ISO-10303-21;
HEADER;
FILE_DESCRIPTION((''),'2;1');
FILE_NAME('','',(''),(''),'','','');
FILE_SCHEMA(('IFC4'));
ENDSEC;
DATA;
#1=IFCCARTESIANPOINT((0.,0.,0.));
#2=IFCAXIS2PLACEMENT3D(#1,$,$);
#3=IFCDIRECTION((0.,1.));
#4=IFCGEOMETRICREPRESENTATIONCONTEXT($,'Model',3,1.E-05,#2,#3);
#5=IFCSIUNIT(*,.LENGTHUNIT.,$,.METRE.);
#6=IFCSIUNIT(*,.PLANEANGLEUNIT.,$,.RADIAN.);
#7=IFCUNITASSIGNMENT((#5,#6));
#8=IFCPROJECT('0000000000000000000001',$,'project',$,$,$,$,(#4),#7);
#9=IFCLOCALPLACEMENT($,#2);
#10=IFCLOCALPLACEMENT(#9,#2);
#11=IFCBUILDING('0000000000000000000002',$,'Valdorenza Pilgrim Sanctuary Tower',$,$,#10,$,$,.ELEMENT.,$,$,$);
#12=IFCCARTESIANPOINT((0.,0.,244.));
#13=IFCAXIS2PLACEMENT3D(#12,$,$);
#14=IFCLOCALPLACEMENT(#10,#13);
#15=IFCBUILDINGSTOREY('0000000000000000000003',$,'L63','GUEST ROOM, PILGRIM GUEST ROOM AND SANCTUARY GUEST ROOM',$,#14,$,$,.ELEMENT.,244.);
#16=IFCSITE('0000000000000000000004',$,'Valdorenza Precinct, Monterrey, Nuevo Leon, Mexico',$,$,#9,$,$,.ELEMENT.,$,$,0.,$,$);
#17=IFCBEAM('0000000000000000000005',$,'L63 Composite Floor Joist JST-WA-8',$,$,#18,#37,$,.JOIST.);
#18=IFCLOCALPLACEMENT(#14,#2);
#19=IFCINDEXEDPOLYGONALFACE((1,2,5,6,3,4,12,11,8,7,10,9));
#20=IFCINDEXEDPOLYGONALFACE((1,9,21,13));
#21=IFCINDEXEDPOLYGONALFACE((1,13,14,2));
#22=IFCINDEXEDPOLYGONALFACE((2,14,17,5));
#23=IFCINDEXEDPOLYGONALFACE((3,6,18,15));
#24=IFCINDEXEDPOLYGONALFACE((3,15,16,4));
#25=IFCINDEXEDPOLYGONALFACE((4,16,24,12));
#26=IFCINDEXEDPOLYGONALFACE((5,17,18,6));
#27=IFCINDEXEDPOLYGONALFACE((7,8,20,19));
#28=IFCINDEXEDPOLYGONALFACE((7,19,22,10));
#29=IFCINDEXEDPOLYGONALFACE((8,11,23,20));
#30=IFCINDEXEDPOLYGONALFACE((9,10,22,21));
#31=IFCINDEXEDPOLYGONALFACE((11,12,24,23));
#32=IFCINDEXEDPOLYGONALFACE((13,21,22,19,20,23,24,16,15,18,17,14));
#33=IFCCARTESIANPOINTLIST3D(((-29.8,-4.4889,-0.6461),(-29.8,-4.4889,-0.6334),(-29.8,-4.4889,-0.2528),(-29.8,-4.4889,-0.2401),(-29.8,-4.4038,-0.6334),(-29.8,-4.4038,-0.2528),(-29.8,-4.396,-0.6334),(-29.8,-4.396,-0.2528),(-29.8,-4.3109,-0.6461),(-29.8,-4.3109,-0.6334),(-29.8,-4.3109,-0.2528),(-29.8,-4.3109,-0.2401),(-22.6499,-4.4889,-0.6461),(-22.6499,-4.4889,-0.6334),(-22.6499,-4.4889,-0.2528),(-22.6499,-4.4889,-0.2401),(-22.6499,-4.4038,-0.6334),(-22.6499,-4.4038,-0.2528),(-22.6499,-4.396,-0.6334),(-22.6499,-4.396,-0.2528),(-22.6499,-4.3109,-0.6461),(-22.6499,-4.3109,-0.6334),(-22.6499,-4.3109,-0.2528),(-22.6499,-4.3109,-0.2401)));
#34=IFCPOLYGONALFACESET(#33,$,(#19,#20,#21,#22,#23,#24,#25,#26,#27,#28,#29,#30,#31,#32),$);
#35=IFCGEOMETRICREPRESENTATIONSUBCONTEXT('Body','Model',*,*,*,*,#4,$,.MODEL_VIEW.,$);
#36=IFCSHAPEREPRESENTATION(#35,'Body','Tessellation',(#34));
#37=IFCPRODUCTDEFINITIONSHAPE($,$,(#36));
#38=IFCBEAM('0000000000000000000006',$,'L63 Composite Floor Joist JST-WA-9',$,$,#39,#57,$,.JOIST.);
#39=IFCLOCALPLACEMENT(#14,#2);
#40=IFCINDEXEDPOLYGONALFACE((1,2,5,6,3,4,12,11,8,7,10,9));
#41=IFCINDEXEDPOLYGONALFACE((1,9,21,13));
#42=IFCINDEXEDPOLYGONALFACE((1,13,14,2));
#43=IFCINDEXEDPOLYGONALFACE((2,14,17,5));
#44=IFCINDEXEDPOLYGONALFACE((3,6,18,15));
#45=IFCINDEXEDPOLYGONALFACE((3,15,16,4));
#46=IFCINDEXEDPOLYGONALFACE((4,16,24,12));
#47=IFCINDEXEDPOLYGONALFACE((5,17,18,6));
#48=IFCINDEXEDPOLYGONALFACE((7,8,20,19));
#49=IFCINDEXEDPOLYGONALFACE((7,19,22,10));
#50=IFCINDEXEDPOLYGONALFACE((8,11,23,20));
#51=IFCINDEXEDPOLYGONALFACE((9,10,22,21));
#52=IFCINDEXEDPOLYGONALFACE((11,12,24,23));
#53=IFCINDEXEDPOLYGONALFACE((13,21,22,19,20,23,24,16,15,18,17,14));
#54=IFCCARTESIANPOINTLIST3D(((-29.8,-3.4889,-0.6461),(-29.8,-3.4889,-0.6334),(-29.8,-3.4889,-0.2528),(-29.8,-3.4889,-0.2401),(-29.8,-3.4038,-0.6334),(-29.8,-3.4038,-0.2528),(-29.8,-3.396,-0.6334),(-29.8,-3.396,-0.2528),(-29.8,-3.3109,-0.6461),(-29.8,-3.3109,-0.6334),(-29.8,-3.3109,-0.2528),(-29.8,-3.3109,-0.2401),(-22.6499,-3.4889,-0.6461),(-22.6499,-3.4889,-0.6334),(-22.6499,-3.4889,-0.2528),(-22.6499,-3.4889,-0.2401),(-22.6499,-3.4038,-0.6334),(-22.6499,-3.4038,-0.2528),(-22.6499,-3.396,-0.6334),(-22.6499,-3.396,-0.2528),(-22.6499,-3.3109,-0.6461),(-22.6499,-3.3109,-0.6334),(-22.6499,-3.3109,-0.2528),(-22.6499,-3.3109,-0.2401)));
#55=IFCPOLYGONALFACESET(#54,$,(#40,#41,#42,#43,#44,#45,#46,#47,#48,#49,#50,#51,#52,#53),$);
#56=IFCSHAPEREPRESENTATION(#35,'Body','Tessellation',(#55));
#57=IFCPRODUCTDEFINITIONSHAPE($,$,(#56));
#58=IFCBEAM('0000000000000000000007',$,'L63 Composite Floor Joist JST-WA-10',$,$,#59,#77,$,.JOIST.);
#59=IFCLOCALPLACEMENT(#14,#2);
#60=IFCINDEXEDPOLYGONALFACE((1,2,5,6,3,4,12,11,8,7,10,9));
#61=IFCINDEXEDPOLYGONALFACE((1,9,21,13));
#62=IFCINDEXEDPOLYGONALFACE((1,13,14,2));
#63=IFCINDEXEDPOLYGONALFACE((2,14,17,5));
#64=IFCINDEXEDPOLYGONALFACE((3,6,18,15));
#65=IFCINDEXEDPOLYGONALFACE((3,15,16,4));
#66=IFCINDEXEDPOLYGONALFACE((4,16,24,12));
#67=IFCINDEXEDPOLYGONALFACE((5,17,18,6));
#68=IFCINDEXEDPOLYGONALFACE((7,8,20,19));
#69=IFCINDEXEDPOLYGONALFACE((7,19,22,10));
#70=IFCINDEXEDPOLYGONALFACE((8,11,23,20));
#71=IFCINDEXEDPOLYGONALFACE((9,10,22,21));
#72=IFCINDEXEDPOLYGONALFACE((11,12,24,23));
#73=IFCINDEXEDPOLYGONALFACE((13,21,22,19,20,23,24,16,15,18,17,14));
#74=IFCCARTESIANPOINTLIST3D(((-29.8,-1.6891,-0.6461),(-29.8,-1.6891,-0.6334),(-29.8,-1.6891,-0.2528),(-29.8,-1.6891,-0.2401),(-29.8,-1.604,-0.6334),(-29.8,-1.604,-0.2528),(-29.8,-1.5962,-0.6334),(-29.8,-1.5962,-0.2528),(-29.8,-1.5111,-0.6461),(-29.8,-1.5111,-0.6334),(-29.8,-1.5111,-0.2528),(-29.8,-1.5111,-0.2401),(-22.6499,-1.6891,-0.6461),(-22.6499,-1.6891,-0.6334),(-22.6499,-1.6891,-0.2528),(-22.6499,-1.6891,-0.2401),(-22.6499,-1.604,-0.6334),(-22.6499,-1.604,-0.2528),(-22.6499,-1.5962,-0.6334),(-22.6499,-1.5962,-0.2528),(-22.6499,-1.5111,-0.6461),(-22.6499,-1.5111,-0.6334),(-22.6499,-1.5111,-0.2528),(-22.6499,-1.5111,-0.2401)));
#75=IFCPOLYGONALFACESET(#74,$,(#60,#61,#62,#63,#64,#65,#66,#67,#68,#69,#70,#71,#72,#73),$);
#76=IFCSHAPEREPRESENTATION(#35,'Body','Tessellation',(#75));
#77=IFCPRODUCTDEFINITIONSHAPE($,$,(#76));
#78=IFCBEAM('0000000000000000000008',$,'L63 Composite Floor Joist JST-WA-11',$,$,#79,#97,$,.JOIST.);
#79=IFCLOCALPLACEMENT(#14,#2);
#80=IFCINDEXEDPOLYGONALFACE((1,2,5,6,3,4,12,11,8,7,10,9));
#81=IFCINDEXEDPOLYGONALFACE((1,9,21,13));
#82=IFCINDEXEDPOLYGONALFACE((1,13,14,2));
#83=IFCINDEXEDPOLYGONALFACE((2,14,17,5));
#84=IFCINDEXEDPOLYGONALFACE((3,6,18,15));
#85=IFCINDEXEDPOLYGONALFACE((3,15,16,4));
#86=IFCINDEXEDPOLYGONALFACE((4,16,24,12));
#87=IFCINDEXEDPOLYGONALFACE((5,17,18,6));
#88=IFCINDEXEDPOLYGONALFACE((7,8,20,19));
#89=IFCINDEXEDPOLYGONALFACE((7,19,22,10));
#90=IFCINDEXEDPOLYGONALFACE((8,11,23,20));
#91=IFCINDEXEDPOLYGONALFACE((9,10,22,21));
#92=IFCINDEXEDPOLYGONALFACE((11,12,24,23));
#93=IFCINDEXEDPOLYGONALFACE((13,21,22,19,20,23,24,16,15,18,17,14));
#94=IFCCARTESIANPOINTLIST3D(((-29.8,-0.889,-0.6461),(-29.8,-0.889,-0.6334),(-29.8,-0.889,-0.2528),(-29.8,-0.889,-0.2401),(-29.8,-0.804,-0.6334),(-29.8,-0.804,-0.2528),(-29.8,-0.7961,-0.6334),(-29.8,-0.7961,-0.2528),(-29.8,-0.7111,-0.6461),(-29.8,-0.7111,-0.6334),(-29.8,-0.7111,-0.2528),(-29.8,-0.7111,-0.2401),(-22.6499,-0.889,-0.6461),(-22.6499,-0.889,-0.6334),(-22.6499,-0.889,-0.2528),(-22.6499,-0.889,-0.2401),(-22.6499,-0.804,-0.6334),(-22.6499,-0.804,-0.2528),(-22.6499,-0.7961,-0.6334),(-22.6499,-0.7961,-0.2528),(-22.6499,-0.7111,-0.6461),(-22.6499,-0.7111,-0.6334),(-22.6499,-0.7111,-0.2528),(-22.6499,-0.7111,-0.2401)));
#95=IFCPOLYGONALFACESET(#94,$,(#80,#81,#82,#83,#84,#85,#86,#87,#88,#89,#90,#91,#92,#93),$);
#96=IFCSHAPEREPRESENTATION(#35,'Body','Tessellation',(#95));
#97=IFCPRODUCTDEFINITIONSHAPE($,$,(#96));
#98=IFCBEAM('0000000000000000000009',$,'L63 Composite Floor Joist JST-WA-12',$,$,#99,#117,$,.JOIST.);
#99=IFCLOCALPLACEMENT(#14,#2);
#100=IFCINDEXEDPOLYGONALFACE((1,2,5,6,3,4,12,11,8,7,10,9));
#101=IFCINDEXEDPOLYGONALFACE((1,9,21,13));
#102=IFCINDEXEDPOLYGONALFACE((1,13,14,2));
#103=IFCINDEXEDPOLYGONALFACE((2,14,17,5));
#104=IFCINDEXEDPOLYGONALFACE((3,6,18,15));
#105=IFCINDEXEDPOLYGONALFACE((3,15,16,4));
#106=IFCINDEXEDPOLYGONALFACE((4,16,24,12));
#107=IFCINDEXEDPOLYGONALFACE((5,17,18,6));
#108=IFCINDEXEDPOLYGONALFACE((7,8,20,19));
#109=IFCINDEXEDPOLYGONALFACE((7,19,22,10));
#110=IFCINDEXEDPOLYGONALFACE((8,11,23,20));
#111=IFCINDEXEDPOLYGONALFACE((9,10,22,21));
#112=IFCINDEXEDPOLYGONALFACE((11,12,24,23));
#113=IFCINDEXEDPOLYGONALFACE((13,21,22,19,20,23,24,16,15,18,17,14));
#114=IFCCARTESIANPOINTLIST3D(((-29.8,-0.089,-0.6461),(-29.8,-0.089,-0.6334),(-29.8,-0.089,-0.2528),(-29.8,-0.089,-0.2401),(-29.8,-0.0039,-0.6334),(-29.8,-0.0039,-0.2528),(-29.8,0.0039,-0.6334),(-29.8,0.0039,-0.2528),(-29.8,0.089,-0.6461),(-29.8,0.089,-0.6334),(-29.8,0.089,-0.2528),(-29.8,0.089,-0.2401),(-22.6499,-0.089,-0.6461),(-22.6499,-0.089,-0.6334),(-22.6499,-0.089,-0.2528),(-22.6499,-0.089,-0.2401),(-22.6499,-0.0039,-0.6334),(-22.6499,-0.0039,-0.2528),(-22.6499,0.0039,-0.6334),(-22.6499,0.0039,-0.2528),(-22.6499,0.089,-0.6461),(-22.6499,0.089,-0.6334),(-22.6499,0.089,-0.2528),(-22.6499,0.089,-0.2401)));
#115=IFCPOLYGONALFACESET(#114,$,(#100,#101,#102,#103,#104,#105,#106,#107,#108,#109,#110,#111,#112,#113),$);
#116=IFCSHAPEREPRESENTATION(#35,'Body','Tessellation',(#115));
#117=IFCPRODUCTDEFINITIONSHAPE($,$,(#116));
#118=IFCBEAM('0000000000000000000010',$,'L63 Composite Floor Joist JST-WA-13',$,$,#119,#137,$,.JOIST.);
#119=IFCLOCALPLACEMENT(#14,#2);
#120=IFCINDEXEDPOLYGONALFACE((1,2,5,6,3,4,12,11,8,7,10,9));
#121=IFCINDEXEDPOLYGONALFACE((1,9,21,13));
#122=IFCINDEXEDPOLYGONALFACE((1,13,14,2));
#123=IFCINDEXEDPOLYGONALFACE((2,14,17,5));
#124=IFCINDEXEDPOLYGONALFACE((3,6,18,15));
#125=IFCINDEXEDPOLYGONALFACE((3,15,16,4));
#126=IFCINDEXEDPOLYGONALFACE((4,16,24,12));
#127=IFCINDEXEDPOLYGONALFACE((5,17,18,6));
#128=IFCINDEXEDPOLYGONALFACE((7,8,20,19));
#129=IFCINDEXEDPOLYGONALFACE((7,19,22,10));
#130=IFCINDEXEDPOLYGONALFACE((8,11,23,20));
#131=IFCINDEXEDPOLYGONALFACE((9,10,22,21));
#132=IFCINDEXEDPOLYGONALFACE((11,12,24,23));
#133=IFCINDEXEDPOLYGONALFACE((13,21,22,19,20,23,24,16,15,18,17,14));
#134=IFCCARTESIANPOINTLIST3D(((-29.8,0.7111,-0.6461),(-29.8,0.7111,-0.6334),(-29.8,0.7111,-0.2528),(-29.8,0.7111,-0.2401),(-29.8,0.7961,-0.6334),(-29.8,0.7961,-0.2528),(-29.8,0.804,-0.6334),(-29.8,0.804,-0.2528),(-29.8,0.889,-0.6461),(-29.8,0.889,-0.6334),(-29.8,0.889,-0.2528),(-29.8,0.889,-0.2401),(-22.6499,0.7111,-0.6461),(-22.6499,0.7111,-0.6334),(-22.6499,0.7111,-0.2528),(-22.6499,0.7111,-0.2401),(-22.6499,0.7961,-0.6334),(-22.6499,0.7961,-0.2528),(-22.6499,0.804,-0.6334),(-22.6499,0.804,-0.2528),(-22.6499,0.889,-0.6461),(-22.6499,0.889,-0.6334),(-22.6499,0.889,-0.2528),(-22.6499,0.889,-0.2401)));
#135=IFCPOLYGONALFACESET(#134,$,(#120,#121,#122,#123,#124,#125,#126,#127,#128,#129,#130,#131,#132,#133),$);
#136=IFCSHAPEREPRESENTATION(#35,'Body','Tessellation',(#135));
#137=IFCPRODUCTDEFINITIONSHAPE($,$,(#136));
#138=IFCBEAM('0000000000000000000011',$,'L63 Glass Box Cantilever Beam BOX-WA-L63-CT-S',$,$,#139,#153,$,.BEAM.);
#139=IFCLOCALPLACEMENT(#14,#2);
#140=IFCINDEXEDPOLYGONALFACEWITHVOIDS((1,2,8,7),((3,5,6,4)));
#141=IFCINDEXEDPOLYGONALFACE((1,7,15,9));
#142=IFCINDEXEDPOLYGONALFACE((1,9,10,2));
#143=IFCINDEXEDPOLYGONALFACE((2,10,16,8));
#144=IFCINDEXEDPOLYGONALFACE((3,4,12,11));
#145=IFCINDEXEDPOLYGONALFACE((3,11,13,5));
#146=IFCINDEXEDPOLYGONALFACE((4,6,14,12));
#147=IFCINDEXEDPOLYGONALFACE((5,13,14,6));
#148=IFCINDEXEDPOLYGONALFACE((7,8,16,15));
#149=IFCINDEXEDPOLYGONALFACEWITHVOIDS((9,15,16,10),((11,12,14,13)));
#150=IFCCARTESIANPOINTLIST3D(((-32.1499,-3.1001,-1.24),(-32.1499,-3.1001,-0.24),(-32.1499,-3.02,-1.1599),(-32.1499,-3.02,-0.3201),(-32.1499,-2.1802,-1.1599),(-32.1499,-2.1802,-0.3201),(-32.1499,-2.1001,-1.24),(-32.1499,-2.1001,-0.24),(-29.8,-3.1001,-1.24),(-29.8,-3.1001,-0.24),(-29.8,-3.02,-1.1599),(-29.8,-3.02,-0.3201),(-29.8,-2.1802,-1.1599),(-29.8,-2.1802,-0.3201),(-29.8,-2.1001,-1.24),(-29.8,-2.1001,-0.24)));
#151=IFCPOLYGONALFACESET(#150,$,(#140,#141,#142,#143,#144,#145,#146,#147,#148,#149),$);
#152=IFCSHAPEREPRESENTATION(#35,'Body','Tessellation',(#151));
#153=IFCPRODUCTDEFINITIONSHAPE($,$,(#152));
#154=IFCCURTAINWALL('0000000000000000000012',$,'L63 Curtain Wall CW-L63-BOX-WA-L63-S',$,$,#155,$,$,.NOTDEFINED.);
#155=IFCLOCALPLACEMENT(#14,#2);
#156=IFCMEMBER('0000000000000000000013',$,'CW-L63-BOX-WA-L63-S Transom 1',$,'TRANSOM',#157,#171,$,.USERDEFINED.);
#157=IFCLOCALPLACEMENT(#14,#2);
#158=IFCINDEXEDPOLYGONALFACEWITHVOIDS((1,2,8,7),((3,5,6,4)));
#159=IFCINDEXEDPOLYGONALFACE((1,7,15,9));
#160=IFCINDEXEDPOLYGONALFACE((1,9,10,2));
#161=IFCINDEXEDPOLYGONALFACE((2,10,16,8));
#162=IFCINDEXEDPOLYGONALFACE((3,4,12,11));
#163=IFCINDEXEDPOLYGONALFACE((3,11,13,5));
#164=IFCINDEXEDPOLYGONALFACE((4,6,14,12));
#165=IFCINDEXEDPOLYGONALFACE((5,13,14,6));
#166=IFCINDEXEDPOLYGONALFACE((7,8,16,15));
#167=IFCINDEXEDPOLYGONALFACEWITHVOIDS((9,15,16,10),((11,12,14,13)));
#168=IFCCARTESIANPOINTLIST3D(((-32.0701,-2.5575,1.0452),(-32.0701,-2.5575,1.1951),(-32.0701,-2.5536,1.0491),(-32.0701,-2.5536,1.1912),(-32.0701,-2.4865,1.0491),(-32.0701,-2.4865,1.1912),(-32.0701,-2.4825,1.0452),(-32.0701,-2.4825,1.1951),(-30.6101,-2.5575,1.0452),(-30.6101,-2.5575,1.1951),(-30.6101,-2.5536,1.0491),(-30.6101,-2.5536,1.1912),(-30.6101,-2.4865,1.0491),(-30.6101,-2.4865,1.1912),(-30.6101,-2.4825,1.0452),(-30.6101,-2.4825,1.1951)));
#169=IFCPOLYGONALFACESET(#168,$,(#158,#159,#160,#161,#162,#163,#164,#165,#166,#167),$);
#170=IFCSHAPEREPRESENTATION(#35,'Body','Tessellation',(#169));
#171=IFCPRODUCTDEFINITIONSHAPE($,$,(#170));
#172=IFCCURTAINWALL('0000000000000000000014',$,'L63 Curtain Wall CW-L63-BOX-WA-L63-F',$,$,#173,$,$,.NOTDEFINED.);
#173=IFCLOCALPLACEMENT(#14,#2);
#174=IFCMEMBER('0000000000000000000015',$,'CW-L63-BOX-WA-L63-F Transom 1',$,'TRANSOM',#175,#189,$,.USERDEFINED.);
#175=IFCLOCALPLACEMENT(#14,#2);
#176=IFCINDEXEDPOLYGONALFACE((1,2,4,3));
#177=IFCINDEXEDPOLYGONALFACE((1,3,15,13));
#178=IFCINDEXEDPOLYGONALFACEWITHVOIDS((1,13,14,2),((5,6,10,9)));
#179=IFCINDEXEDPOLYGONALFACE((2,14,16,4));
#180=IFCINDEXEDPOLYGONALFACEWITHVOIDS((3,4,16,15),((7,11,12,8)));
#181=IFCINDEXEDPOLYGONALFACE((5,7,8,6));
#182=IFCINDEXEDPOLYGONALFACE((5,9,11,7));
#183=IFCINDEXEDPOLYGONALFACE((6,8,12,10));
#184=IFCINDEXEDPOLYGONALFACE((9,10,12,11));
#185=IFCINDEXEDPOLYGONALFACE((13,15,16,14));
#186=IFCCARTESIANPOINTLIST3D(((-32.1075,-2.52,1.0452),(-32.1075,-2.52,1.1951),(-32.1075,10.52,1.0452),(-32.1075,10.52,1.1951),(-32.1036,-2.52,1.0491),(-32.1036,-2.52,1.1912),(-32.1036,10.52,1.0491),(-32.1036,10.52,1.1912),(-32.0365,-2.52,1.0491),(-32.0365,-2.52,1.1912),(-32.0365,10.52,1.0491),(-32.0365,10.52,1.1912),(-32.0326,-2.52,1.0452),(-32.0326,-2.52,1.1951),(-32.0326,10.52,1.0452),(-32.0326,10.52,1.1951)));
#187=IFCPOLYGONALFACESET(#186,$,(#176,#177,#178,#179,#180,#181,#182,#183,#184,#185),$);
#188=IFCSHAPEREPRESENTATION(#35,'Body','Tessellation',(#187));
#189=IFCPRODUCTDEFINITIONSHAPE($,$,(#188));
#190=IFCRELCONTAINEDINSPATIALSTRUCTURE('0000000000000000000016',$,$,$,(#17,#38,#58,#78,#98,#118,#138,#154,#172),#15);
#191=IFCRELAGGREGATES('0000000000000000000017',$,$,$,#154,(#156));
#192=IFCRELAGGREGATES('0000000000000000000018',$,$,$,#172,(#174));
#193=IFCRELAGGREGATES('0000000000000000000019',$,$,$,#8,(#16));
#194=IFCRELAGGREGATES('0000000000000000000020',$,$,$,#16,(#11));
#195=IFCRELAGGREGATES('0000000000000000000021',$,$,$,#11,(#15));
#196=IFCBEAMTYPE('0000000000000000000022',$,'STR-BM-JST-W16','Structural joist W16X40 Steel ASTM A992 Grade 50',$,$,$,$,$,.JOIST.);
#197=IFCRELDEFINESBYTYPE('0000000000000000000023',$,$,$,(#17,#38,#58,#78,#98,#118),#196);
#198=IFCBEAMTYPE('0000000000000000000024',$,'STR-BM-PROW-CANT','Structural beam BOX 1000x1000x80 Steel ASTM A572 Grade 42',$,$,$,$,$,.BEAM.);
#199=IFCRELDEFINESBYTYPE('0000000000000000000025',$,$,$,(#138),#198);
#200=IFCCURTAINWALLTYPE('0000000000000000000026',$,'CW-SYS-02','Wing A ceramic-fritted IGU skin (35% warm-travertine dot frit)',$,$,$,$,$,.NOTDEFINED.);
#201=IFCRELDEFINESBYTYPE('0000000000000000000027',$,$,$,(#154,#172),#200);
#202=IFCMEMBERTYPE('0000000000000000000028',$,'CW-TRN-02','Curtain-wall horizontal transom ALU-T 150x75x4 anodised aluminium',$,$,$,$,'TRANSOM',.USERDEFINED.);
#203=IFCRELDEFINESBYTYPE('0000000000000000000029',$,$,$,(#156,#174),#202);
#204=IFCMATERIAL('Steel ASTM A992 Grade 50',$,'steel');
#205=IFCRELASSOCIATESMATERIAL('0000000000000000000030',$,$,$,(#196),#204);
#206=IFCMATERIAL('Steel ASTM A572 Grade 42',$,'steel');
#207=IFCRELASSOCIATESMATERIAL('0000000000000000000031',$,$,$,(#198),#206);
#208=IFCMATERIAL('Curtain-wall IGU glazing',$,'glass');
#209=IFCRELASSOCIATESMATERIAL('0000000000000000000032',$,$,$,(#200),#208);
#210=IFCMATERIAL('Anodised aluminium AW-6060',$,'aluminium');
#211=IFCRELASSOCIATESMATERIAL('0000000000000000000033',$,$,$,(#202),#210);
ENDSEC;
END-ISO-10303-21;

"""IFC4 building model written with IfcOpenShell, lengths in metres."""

from ifc_helpers import new_model, si_unit, direction, frame, origin, origin_2d, place, context, subcontext, project, spatial, hollow_rectangle, i_section, extrude, source, transform, mapped, material, material_profile, profile_set, type_object, element, aggregate, save


model = new_model("IFC4")

# Units and contexts
model_context = context("Model", 3, precision=1e-05, world=origin(), true_north=direction((0.0, 1.0)))
body_context = subcontext(model_context, "Body", "Model", "MODEL_VIEW")
ifc_project = project(units=[si_unit("LENGTHUNIT", "METRE"), si_unit("PLANEANGLEUNIT", "RADIAN")], contexts=[model_context])

# Site, building, storey
site_placement = place(None, origin())
site = spatial("IfcSite", under=ifc_project, at=site_placement, Name="Valdorenza Precinct, Monterrey, Nuevo Leon, Mexico", CompositionType="ELEMENT", RefElevation=0.0)
building_placement = place(site_placement, origin())
building = spatial("IfcBuilding", under=site, at=building_placement, Name="Valdorenza Pilgrim Sanctuary Tower", CompositionType="ELEMENT")
storey_placement = place(building_placement, frame((0.0, 0.0, 244.0)))
storey = spatial("IfcBuildingStorey", under=building, at=storey_placement, Name="L63", Description="GUEST ROOM, PILGRIM GUEST ROOM AND SANCTUARY GUEST ROOM", CompositionType="ELEMENT", Elevation=244.0)

# Beams
ifc_material_1 = material(Name="Steel ASTM A992 Grade 50", Category="steel")
ifc_material_profile_1 = material_profile(ifc_material_1, i_section(OverallWidth=0.178, OverallDepth=0.406, WebThickness=0.0078, FlangeThickness=0.0127, at=origin_2d()), Name="W16X40")
ifc_profile_set_1 = profile_set([ifc_material_profile_1], Name="Steel ASTM A992 Grade 50")
beam_type_1 = type_object("IfcBeamType", Name="STR-BM-JST-W16", Description="Structural joist W16X40 Steel ASTM A992 Grade 50", PredefinedType="JOIST", material=ifc_profile_set_1)
shared_shape_1 = source(origin(), body_context, "Body", "SweptSolid", [
    extrude(i_section(OverallWidth=0.178, OverallDepth=0.406, WebThickness=0.0078, FlangeThickness=0.0127, at=origin_2d()), origin(), (0.0, 0.0, 1.0), 7.1501),
])
for number, where, z_axis, x_axis, name in (
    (1, (-29.8, -4.3999, -0.4431), (1.0, 0.0, 0.0), (0.0, 1.0, 0.0), "L63 Composite Floor Joist JST-WA-8"),
    (2, (-29.8, -3.3999, -0.4431), (1.0, 0.0, 0.0), (0.0, 1.0, 0.0), "L63 Composite Floor Joist JST-WA-9"),
    (3, (-29.8, -1.6001, -0.4431), (1.0, 0.0, 0.0), (0.0, 1.0, 0.0), "L63 Composite Floor Joist JST-WA-10"),
    (4, (-29.8, -0.8, -0.4431), (1.0, 0.0, 0.0), (0.0, 1.0, 0.0), "L63 Composite Floor Joist JST-WA-11"),
    (5, (-29.8, 0.0, -0.4431), (1.0, 0.0, 0.0), (0.0, 1.0, 0.0), "L63 Composite Floor Joist JST-WA-12"),
    (6, (-29.8, 0.8, -0.4431), (1.0, 0.0, 0.0), (0.0, 1.0, 0.0), "L63 Composite Floor Joist JST-WA-13"),
):
    element("IfcBeam", number, at=place(storey_placement, frame(where, z_axis=z_axis, x_axis=x_axis)), inside=storey, type_object=beam_type_1, Name=name, PredefinedType="JOIST", context=body_context, shape_type="MappedRepresentation", body=[
        mapped(shared_shape_1, transform((0.0, 0.0, 0.0), x_axis=(1.0, 0.0, 0.0), y_axis=(0.0, 1.0, 0.0), z_axis=(0.0, 0.0, 1.0), scale=1.0)),
    ])
ifc_material_2 = material(Name="Steel ASTM A572 Grade 42", Category="steel")
ifc_material_profile_2 = material_profile(ifc_material_2, hollow_rectangle(XDim=1.0, YDim=1.0, WallThickness=0.0801, at=origin_2d()), Name="BOX 1000x1000x80")
ifc_profile_set_2 = profile_set([ifc_material_profile_2], Name="Steel ASTM A572 Grade 42")
beam_type_2 = type_object("IfcBeamType", Name="STR-BM-PROW-CANT", Description="Structural beam BOX 1000x1000x80 Steel ASTM A572 Grade 42", PredefinedType="BEAM", material=ifc_profile_set_2)
shared_shape_2 = source(origin(), body_context, "Body", "SweptSolid", [
    extrude(hollow_rectangle(XDim=1.0, YDim=1.0, WallThickness=0.0801, at=origin_2d()), origin(), (0.0, 0.0, 1.0), 2.3499),
])
beam_1_placement = place(storey_placement, frame((-29.8, -2.6001, -0.74), z_axis=(-1.0, 0.0, 0.0), x_axis=(0.0, -1.0, 0.0)))
element("IfcBeam", 7, at=beam_1_placement, inside=storey, type_object=beam_type_2, Name="L63 Glass Box Cantilever Beam BOX-WA-L63-CT-S", PredefinedType="BEAM", context=body_context, shape_type="MappedRepresentation", body=[
    mapped(shared_shape_2, transform((0.0, 0.0, 0.0), x_axis=(1.0, 0.0, 0.0), y_axis=(0.0, 1.0, 0.0), z_axis=(0.0, 0.0, 1.0), scale=1.0)),
])

# Curtain walls, members
ifc_material_3 = material(Name="Curtain-wall IGU glazing", Category="glass")
curtain_wall_type = type_object("IfcCurtainWallType", Name="CW-SYS-02", Description="Wing A ceramic-fritted IGU skin (35% warm-travertine dot frit)", PredefinedType="NOTDEFINED", material=ifc_material_3)
curtain_wall_1_placement = place(storey_placement, origin())
curtain_wall_1 = element("IfcCurtainWall", 8, at=curtain_wall_1_placement, inside=storey, type_object=curtain_wall_type, Name="L63 Curtain Wall CW-L63-BOX-WA-L63-S", PredefinedType="NOTDEFINED")
ifc_material_4 = material(Name="Anodised aluminium AW-6060", Category="aluminium")
ifc_material_profile_3 = material_profile(ifc_material_4, hollow_rectangle(XDim=0.075, YDim=0.1499, WallThickness=0.0039, at=origin_2d()), Name="ALU-T 150x75x4")
ifc_profile_set_3 = profile_set([ifc_material_profile_3], Name="Anodised aluminium AW-6060")
member_type_1 = type_object("IfcMemberType", Name="CW-TRN-02", Description="Curtain-wall horizontal transom ALU-T 150x75x4 anodised aluminium", ElementType="TRANSOM", PredefinedType="USERDEFINED", material=ifc_profile_set_3)
shared_shape_3 = source(origin(), body_context, "Body", "SweptSolid", [
    extrude(hollow_rectangle(XDim=0.075, YDim=0.1499, WallThickness=0.0039, at=origin_2d()), origin(), (0.0, 0.0, 1.0), 1.46),
])
member_1_placement = place(storey_placement, frame((-30.6101, -2.52, 1.1201), z_axis=(-1.0, 0.0, 0.0), x_axis=(0.0, -1.0, 0.0)))
member_1 = element("IfcMember", 9, at=member_1_placement, type_object=member_type_1, Name="CW-L63-BOX-WA-L63-S Transom 1", ObjectType="TRANSOM", PredefinedType="USERDEFINED", context=body_context, shape_type="MappedRepresentation", body=[
    mapped(shared_shape_3, transform((0.0, 0.0, 0.0), x_axis=(1.0, 0.0, 0.0), y_axis=(0.0, 1.0, 0.0), z_axis=(0.0, 0.0, 1.0), scale=1.0)),
])
curtain_wall_2_placement = place(storey_placement, origin())
curtain_wall_2 = element("IfcCurtainWall", 10, at=curtain_wall_2_placement, inside=storey, type_object=curtain_wall_type, Name="L63 Curtain Wall CW-L63-BOX-WA-L63-F", PredefinedType="NOTDEFINED")
shared_shape_4 = source(origin(), body_context, "Body", "SweptSolid", [
    extrude(hollow_rectangle(XDim=0.075, YDim=0.1499, WallThickness=0.0039, at=origin_2d()), origin(), (0.0, 0.0, 1.0), 13.04),
])
member_2_placement = place(storey_placement, frame((-32.0701, -2.52, 1.1201), z_axis=(0.0, 1.0, 0.0), x_axis=(-1.0, 0.0, 0.0)))
member_2 = element("IfcMember", 11, at=member_2_placement, type_object=member_type_1, Name="CW-L63-BOX-WA-L63-F Transom 1", ObjectType="TRANSOM", PredefinedType="USERDEFINED", context=body_context, shape_type="MappedRepresentation", body=[
    mapped(shared_shape_4, transform((0.0, 0.0, 0.0), x_axis=(1.0, 0.0, 0.0), y_axis=(0.0, 1.0, 0.0), z_axis=(0.0, 0.0, 1.0), scale=1.0)),
])

aggregate(curtain_wall_1, [member_1])
aggregate(curtain_wall_2, [member_2])

save(model, "model.ifc")
